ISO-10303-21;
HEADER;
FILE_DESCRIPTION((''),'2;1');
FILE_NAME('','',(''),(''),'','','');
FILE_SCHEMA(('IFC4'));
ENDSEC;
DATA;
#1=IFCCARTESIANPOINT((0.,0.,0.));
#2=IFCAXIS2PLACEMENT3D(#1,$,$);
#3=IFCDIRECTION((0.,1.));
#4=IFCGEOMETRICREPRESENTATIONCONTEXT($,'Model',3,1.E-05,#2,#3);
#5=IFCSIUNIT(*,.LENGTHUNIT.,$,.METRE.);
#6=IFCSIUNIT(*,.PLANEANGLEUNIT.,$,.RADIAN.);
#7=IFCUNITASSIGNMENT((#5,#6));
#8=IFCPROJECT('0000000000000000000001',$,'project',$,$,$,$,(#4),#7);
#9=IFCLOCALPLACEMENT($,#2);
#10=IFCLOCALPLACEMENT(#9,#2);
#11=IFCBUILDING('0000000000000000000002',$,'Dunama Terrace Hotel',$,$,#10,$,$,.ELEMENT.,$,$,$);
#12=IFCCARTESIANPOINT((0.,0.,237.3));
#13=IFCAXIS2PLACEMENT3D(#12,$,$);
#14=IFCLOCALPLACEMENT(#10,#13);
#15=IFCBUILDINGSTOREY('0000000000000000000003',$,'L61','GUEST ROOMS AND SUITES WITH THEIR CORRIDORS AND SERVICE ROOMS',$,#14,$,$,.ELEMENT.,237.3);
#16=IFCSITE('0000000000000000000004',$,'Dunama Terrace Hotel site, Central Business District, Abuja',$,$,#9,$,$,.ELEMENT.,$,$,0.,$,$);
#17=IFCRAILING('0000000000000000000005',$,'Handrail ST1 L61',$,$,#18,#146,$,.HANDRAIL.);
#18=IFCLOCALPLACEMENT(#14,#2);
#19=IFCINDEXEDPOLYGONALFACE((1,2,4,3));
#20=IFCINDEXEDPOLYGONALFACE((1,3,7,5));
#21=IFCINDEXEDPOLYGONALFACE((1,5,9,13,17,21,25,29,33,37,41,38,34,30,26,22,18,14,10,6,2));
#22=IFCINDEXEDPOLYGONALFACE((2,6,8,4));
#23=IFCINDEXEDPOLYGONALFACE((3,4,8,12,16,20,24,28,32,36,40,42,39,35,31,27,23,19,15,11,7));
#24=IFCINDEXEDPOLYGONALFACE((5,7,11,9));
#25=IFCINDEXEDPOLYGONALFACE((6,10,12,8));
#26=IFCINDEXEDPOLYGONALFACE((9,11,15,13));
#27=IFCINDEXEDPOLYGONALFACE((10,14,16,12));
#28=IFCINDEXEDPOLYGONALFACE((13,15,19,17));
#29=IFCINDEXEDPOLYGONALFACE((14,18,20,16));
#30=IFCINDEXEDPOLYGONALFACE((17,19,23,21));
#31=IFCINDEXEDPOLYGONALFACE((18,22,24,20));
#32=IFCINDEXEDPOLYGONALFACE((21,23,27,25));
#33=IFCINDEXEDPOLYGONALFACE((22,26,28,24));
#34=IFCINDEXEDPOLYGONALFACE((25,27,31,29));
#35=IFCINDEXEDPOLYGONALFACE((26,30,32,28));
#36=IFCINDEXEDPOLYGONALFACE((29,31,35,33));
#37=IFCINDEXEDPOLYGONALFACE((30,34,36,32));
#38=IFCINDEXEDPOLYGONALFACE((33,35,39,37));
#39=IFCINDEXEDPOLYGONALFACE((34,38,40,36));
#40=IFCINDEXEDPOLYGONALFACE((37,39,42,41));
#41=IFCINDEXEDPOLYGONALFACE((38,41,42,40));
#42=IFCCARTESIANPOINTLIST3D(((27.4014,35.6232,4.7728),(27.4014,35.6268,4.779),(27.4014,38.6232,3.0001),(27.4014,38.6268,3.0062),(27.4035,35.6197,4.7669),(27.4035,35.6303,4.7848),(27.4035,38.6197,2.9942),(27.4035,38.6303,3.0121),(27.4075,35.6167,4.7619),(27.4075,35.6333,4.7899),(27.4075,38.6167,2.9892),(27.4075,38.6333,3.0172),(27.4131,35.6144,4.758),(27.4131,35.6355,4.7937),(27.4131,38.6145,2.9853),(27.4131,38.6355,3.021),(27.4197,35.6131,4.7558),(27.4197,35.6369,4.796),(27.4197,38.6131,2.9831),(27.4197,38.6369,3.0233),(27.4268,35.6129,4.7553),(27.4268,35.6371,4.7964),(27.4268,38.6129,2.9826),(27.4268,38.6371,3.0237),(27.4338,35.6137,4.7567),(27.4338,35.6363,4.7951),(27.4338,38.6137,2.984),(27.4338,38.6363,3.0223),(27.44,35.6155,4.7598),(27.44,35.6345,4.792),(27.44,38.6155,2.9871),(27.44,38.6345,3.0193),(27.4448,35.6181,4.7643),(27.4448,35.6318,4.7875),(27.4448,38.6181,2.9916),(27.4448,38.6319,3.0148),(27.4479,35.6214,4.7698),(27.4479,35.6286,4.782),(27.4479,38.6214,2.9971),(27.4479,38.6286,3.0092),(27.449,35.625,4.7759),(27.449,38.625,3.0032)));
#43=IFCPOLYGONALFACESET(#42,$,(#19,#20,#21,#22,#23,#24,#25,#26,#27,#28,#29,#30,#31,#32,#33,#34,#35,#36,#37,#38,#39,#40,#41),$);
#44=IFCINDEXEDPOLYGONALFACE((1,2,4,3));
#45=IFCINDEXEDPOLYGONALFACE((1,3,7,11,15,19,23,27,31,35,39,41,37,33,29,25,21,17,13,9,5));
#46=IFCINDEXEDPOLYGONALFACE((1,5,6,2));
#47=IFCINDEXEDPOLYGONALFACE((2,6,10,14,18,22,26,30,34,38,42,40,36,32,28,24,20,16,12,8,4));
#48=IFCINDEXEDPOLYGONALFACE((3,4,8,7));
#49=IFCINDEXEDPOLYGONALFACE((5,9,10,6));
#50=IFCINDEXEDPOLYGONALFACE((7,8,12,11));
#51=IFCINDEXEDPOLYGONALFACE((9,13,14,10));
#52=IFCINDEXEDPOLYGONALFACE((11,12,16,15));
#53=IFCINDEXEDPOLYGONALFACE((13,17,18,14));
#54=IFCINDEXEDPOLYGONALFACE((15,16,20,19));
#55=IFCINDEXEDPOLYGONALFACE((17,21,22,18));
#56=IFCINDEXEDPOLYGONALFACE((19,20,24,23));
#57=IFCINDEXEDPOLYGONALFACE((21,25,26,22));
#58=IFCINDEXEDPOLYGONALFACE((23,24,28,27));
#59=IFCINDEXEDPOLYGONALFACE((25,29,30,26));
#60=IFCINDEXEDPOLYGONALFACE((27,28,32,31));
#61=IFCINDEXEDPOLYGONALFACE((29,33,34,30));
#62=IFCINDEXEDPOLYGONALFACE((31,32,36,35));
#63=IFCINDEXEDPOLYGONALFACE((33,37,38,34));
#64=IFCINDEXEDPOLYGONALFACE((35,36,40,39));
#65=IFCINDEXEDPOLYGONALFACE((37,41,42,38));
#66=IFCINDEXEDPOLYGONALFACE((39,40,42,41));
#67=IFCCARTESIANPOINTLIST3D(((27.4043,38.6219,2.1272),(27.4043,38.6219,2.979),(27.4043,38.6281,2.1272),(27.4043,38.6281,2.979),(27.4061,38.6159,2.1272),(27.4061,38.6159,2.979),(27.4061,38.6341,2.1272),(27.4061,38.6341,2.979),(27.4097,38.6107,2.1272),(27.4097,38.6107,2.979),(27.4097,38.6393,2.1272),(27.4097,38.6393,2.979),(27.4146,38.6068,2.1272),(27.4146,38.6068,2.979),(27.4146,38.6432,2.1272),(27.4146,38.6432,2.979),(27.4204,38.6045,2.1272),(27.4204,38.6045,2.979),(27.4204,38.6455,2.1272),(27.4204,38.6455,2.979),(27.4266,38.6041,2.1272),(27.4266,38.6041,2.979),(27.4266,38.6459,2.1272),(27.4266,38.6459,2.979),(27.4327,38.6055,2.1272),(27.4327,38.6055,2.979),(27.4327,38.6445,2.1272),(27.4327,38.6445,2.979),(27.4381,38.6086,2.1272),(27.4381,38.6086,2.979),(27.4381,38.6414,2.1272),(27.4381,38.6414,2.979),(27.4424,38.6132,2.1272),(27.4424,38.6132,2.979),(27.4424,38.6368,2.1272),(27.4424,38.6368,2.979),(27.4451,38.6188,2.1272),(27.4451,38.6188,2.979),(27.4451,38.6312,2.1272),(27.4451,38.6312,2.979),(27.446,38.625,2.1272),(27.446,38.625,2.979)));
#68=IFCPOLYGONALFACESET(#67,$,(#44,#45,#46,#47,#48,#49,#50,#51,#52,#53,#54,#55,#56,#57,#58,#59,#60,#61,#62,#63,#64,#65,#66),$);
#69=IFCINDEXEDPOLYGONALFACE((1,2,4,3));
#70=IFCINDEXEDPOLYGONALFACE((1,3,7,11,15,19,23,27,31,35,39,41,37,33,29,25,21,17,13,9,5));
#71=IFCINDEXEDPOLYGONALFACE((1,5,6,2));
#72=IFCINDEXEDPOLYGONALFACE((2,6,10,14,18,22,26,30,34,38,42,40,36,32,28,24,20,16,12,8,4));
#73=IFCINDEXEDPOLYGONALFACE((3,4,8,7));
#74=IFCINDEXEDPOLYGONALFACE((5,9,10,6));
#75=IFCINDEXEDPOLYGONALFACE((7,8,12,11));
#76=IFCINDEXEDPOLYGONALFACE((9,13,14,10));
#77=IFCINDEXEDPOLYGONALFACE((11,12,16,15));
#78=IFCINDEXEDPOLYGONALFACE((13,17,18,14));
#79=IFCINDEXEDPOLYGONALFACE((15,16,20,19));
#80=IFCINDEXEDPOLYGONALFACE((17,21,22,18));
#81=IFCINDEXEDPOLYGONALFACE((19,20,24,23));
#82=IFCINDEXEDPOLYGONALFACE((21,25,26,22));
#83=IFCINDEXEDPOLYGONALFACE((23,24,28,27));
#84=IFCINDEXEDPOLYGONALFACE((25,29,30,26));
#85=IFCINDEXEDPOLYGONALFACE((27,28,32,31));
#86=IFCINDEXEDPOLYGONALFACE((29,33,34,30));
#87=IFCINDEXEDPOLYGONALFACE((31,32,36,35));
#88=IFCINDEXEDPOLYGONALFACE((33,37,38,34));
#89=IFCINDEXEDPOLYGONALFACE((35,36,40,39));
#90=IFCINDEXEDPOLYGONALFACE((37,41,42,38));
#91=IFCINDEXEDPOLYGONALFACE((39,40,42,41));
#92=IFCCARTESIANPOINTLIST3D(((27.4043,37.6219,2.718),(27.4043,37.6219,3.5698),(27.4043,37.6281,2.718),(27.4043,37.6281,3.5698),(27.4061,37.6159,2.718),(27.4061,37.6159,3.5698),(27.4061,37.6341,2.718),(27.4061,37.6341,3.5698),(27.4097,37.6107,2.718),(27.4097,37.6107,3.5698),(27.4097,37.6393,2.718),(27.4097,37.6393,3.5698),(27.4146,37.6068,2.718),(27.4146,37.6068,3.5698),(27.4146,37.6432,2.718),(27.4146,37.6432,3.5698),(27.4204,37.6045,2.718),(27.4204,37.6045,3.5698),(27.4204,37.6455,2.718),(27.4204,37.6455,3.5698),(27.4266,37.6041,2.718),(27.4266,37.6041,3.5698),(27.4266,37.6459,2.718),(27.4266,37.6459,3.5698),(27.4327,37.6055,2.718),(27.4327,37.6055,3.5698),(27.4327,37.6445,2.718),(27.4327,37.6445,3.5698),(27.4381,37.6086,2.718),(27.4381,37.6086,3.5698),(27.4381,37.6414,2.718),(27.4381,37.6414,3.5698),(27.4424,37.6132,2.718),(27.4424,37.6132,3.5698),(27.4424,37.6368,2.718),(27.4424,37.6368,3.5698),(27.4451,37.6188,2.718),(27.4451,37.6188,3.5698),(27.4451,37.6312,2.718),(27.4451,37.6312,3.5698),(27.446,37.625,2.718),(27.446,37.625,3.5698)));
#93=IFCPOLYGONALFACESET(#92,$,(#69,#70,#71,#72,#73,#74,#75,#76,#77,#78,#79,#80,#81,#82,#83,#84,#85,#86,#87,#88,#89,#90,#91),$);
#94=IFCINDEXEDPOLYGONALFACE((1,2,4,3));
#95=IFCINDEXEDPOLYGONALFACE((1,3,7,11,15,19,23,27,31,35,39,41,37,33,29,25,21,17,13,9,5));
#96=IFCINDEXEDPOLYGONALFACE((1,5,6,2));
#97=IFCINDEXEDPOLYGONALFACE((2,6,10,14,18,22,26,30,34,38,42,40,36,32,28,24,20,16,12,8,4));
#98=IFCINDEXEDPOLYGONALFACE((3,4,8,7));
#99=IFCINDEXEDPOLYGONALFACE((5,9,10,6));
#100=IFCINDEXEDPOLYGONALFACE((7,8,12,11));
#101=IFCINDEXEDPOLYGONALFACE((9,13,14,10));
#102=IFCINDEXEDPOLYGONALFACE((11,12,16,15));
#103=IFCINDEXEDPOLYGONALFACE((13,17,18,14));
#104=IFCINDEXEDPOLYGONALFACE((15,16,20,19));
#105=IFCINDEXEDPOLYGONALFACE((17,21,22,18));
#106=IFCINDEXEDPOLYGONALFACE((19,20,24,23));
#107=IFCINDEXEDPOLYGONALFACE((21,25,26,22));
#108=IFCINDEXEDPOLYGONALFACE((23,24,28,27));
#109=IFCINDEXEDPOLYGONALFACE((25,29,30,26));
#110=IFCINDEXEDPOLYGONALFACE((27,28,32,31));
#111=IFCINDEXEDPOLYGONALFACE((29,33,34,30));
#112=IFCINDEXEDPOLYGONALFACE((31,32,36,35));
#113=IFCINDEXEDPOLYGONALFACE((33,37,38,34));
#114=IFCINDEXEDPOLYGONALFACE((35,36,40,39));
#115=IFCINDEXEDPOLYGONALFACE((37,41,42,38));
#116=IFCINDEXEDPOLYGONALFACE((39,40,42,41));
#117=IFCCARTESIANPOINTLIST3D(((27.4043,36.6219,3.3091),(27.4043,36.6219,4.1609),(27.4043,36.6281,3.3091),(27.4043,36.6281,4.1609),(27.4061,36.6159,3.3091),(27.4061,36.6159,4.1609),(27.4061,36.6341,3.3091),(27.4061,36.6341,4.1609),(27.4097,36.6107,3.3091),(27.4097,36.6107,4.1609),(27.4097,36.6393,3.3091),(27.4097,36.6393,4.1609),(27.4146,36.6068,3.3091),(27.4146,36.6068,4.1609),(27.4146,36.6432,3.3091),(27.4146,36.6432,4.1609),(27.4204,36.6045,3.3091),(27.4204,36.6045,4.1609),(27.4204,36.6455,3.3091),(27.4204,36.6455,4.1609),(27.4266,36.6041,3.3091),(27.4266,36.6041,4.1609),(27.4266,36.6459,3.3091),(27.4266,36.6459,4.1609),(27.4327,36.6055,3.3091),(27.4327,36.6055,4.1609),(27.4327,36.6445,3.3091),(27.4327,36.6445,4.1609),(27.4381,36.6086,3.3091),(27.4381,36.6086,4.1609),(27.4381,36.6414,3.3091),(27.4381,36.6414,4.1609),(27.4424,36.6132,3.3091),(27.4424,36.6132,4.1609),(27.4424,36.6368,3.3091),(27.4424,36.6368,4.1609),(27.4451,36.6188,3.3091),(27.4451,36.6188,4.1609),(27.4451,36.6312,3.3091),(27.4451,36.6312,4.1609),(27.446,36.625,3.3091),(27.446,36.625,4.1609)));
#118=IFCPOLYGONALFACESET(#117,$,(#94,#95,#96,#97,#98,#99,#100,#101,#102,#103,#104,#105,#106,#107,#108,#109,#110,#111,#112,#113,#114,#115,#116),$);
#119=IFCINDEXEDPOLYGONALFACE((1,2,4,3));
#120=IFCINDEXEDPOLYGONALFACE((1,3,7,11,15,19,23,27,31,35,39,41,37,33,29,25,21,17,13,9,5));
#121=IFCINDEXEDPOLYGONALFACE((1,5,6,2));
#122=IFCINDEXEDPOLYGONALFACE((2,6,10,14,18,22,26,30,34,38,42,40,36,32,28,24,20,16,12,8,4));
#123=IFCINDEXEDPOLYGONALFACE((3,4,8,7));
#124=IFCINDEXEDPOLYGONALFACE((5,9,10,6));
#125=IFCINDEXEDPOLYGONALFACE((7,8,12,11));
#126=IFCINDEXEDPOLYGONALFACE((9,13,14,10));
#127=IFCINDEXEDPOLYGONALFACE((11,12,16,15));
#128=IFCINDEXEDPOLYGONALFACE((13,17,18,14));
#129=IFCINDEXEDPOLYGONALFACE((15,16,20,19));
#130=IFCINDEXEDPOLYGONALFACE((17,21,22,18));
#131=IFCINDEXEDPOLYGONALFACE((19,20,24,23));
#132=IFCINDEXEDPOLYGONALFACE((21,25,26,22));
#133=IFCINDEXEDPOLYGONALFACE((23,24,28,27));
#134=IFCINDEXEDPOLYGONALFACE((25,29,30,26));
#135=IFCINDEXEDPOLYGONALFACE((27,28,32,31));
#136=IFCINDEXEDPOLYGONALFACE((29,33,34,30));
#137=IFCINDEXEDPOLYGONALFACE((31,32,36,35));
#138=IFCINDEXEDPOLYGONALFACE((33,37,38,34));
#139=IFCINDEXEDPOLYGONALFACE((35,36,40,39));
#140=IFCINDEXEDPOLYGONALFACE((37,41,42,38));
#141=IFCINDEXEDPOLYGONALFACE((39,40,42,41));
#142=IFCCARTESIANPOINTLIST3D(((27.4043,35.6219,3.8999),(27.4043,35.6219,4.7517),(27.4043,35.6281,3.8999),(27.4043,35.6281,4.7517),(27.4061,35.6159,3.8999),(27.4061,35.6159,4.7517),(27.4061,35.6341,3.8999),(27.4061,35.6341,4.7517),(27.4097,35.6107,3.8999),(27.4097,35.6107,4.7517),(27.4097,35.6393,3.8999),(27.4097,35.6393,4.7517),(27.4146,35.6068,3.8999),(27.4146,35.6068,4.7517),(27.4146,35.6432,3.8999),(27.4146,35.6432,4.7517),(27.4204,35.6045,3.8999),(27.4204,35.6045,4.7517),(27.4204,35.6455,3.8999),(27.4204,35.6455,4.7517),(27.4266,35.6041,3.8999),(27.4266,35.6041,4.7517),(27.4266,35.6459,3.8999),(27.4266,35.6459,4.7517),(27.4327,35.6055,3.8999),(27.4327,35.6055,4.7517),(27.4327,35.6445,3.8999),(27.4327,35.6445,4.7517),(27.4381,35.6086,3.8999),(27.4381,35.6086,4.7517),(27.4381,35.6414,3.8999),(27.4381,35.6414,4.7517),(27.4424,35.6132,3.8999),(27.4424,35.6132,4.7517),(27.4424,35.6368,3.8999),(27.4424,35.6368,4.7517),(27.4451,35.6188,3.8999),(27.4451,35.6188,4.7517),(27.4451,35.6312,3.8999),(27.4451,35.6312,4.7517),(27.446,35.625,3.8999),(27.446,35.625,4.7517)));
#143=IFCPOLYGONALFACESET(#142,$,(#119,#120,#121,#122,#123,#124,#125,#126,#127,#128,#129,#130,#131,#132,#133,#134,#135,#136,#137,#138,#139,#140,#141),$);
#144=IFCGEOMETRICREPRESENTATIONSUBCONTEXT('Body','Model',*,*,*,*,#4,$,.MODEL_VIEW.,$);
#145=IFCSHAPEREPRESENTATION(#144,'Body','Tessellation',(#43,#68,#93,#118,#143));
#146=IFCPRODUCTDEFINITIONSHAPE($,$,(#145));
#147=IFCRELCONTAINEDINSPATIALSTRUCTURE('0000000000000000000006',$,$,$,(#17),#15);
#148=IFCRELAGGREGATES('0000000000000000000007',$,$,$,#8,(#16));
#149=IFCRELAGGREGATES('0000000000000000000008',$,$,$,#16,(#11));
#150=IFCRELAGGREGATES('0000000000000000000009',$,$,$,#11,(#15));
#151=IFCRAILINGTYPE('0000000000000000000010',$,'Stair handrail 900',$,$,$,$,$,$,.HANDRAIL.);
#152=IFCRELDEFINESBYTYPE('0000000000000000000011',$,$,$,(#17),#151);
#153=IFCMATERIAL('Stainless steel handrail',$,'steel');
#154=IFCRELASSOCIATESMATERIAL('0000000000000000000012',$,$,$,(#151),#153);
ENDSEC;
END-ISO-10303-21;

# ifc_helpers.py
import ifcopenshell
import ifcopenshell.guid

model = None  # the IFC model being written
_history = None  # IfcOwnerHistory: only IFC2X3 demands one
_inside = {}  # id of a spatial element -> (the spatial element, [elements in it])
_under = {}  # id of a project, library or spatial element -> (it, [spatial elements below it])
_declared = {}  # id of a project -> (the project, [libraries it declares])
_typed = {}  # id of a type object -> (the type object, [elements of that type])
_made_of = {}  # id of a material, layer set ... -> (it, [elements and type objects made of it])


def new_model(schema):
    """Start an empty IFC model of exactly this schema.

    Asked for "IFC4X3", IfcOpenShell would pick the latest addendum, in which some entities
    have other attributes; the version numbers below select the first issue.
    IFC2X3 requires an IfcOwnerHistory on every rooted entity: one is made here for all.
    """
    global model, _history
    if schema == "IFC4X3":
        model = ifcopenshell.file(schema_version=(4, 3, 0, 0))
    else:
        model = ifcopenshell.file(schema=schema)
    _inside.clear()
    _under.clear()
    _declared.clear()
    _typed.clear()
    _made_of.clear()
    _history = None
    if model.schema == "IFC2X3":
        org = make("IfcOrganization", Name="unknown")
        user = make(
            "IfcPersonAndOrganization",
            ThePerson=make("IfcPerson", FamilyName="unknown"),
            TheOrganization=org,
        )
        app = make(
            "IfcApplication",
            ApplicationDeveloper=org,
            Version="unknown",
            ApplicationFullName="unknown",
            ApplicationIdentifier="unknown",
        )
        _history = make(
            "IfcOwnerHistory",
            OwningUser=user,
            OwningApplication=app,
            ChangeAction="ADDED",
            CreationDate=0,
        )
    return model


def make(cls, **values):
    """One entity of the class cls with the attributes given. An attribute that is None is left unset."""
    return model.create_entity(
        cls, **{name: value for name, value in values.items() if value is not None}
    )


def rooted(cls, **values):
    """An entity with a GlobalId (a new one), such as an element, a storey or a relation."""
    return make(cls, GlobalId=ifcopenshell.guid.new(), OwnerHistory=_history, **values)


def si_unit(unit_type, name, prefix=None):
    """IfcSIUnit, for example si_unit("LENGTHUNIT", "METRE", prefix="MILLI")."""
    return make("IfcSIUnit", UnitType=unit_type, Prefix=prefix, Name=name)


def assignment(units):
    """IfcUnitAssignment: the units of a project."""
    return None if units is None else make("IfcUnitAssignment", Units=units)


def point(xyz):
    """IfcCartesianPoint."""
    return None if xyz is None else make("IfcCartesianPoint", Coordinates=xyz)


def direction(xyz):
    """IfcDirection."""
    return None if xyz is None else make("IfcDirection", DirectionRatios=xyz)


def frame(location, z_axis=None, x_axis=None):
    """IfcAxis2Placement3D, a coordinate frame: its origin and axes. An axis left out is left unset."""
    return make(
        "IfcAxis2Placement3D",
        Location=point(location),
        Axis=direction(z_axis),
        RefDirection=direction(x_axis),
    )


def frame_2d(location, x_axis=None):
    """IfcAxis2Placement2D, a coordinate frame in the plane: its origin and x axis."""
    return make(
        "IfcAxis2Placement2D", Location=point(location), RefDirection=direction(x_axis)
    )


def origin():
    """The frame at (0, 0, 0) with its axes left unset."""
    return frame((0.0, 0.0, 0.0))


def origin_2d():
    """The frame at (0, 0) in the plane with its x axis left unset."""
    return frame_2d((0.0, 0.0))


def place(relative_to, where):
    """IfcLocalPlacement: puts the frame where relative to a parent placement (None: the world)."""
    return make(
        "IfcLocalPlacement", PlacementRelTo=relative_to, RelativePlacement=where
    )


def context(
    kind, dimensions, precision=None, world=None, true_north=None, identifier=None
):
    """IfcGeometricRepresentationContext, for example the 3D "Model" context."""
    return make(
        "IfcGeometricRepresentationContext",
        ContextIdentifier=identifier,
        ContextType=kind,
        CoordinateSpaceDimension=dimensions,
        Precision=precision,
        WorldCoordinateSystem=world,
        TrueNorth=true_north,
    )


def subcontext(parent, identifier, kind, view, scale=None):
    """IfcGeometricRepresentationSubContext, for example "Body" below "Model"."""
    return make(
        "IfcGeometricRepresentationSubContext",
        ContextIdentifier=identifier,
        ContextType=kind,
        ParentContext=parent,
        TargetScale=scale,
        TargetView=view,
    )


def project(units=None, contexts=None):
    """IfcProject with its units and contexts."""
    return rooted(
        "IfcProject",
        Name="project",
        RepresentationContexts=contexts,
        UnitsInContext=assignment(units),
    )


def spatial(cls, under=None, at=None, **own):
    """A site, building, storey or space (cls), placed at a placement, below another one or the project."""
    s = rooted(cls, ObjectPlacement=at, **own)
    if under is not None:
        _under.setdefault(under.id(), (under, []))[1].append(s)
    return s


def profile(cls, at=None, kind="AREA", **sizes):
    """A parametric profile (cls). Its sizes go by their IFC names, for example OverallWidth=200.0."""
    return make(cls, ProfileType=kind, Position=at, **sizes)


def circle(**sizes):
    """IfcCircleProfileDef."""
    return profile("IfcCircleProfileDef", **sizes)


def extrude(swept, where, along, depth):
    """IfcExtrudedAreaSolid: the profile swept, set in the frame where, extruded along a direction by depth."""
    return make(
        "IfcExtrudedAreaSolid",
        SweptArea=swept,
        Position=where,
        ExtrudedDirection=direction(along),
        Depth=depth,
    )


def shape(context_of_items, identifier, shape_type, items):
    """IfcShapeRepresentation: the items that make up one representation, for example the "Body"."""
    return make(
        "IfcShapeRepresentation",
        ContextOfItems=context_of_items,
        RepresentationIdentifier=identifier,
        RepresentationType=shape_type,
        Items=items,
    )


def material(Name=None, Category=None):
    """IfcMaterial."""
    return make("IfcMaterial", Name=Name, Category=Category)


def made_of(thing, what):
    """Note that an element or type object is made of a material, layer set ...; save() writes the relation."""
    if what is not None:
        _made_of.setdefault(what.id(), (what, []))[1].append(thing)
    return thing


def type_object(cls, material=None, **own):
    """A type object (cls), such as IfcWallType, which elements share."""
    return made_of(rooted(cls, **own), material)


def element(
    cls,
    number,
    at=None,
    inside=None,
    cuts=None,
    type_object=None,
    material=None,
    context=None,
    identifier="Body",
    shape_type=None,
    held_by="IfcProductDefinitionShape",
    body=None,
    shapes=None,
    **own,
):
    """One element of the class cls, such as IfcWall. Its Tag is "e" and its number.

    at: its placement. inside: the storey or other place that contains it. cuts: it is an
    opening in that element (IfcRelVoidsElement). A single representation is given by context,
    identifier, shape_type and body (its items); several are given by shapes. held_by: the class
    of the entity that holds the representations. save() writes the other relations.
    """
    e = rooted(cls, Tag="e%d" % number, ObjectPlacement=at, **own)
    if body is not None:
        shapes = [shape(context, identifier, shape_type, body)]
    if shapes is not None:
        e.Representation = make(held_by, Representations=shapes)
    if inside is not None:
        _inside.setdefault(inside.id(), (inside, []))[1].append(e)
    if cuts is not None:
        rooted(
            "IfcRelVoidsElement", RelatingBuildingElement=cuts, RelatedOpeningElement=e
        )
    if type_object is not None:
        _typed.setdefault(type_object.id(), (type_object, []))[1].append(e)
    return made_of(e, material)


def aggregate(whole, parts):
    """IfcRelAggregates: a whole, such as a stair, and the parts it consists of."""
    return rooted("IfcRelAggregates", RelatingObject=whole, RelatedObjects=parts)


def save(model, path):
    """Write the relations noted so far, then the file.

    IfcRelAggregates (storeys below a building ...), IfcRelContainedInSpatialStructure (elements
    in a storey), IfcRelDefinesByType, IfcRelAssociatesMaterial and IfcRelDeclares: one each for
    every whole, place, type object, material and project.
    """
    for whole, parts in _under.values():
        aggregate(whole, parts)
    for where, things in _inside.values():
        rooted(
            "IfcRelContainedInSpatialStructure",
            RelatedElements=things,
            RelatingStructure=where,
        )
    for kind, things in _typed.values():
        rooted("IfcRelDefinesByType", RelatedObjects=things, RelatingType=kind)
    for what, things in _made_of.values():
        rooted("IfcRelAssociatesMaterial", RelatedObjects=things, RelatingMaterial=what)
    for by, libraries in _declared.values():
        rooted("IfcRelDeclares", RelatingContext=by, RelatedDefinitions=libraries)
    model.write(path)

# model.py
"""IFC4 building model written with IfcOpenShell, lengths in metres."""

from ifc_helpers import new_model, si_unit, direction, frame, origin, origin_2d, place, context, subcontext, project, spatial, circle, extrude, material, type_object, element, save


model = new_model("IFC4")

# Units and contexts
model_context = context("Model", 3, precision=1e-05, world=origin(), true_north=direction((0.0, 1.0)))
body_context = subcontext(model_context, "Body", "Model", "MODEL_VIEW")
ifc_project = project(units=[si_unit("LENGTHUNIT", "METRE"), si_unit("PLANEANGLEUNIT", "RADIAN")], contexts=[model_context])

# Site, building, storey
site_placement = place(None, origin())
site = spatial("IfcSite", under=ifc_project, at=site_placement, Name="Dunama Terrace Hotel site, Central Business District, Abuja", CompositionType="ELEMENT", RefElevation=0.0)
building_placement = place(site_placement, origin())
building = spatial("IfcBuilding", under=site, at=building_placement, Name="Dunama Terrace Hotel", CompositionType="ELEMENT")
storey_placement = place(building_placement, frame((0.0, 0.0, 237.3)))
storey = spatial("IfcBuildingStorey", under=building, at=storey_placement, Name="L61", Description="GUEST ROOMS AND SUITES WITH THEIR CORRIDORS AND SERVICE ROOMS", CompositionType="ELEMENT", Elevation=237.3)

# Railing
ifc_material_1 = material(Name="Stainless steel handrail", Category="steel")
railing_type = type_object("IfcRailingType", Name="Stair handrail 900", PredefinedType="HANDRAIL", material=ifc_material_1)
railing_1_placement = place(storey_placement, frame((27.425, 38.625, 2.1272)))
element("IfcRailing", 1, at=railing_1_placement, inside=storey, type_object=railing_type, Name="Handrail ST1 L61", PredefinedType="HANDRAIL", context=body_context, shape_type="SweptSolid", body=[
    extrude(circle(Radius=0.0239, at=origin_2d()), frame((0.0, 0.0, 0.876), z_axis=(0.0, -0.860929, 0.508725), x_axis=(1.0, 0.0, 0.0)), (0.0, 0.0, 1.0), 3.4846),
    extrude(circle(Radius=0.021, at=origin_2d()), origin(), (0.0, 0.0, 1.0), 0.8518),
    extrude(circle(Radius=0.021, at=origin_2d()), frame((0.0, -1.0, 0.5908)), (0.0, 0.0, 1.0), 0.8518),
    extrude(circle(Radius=0.021, at=origin_2d()), frame((0.0, -2.0, 1.1819)), (0.0, 0.0, 1.0), 0.8518),
    extrude(circle(Radius=0.021, at=origin_2d()), frame((0.0, -3.0, 1.7727)), (0.0, 0.0, 1.0), 0.8518),
])

save(model, "model.ifc")
